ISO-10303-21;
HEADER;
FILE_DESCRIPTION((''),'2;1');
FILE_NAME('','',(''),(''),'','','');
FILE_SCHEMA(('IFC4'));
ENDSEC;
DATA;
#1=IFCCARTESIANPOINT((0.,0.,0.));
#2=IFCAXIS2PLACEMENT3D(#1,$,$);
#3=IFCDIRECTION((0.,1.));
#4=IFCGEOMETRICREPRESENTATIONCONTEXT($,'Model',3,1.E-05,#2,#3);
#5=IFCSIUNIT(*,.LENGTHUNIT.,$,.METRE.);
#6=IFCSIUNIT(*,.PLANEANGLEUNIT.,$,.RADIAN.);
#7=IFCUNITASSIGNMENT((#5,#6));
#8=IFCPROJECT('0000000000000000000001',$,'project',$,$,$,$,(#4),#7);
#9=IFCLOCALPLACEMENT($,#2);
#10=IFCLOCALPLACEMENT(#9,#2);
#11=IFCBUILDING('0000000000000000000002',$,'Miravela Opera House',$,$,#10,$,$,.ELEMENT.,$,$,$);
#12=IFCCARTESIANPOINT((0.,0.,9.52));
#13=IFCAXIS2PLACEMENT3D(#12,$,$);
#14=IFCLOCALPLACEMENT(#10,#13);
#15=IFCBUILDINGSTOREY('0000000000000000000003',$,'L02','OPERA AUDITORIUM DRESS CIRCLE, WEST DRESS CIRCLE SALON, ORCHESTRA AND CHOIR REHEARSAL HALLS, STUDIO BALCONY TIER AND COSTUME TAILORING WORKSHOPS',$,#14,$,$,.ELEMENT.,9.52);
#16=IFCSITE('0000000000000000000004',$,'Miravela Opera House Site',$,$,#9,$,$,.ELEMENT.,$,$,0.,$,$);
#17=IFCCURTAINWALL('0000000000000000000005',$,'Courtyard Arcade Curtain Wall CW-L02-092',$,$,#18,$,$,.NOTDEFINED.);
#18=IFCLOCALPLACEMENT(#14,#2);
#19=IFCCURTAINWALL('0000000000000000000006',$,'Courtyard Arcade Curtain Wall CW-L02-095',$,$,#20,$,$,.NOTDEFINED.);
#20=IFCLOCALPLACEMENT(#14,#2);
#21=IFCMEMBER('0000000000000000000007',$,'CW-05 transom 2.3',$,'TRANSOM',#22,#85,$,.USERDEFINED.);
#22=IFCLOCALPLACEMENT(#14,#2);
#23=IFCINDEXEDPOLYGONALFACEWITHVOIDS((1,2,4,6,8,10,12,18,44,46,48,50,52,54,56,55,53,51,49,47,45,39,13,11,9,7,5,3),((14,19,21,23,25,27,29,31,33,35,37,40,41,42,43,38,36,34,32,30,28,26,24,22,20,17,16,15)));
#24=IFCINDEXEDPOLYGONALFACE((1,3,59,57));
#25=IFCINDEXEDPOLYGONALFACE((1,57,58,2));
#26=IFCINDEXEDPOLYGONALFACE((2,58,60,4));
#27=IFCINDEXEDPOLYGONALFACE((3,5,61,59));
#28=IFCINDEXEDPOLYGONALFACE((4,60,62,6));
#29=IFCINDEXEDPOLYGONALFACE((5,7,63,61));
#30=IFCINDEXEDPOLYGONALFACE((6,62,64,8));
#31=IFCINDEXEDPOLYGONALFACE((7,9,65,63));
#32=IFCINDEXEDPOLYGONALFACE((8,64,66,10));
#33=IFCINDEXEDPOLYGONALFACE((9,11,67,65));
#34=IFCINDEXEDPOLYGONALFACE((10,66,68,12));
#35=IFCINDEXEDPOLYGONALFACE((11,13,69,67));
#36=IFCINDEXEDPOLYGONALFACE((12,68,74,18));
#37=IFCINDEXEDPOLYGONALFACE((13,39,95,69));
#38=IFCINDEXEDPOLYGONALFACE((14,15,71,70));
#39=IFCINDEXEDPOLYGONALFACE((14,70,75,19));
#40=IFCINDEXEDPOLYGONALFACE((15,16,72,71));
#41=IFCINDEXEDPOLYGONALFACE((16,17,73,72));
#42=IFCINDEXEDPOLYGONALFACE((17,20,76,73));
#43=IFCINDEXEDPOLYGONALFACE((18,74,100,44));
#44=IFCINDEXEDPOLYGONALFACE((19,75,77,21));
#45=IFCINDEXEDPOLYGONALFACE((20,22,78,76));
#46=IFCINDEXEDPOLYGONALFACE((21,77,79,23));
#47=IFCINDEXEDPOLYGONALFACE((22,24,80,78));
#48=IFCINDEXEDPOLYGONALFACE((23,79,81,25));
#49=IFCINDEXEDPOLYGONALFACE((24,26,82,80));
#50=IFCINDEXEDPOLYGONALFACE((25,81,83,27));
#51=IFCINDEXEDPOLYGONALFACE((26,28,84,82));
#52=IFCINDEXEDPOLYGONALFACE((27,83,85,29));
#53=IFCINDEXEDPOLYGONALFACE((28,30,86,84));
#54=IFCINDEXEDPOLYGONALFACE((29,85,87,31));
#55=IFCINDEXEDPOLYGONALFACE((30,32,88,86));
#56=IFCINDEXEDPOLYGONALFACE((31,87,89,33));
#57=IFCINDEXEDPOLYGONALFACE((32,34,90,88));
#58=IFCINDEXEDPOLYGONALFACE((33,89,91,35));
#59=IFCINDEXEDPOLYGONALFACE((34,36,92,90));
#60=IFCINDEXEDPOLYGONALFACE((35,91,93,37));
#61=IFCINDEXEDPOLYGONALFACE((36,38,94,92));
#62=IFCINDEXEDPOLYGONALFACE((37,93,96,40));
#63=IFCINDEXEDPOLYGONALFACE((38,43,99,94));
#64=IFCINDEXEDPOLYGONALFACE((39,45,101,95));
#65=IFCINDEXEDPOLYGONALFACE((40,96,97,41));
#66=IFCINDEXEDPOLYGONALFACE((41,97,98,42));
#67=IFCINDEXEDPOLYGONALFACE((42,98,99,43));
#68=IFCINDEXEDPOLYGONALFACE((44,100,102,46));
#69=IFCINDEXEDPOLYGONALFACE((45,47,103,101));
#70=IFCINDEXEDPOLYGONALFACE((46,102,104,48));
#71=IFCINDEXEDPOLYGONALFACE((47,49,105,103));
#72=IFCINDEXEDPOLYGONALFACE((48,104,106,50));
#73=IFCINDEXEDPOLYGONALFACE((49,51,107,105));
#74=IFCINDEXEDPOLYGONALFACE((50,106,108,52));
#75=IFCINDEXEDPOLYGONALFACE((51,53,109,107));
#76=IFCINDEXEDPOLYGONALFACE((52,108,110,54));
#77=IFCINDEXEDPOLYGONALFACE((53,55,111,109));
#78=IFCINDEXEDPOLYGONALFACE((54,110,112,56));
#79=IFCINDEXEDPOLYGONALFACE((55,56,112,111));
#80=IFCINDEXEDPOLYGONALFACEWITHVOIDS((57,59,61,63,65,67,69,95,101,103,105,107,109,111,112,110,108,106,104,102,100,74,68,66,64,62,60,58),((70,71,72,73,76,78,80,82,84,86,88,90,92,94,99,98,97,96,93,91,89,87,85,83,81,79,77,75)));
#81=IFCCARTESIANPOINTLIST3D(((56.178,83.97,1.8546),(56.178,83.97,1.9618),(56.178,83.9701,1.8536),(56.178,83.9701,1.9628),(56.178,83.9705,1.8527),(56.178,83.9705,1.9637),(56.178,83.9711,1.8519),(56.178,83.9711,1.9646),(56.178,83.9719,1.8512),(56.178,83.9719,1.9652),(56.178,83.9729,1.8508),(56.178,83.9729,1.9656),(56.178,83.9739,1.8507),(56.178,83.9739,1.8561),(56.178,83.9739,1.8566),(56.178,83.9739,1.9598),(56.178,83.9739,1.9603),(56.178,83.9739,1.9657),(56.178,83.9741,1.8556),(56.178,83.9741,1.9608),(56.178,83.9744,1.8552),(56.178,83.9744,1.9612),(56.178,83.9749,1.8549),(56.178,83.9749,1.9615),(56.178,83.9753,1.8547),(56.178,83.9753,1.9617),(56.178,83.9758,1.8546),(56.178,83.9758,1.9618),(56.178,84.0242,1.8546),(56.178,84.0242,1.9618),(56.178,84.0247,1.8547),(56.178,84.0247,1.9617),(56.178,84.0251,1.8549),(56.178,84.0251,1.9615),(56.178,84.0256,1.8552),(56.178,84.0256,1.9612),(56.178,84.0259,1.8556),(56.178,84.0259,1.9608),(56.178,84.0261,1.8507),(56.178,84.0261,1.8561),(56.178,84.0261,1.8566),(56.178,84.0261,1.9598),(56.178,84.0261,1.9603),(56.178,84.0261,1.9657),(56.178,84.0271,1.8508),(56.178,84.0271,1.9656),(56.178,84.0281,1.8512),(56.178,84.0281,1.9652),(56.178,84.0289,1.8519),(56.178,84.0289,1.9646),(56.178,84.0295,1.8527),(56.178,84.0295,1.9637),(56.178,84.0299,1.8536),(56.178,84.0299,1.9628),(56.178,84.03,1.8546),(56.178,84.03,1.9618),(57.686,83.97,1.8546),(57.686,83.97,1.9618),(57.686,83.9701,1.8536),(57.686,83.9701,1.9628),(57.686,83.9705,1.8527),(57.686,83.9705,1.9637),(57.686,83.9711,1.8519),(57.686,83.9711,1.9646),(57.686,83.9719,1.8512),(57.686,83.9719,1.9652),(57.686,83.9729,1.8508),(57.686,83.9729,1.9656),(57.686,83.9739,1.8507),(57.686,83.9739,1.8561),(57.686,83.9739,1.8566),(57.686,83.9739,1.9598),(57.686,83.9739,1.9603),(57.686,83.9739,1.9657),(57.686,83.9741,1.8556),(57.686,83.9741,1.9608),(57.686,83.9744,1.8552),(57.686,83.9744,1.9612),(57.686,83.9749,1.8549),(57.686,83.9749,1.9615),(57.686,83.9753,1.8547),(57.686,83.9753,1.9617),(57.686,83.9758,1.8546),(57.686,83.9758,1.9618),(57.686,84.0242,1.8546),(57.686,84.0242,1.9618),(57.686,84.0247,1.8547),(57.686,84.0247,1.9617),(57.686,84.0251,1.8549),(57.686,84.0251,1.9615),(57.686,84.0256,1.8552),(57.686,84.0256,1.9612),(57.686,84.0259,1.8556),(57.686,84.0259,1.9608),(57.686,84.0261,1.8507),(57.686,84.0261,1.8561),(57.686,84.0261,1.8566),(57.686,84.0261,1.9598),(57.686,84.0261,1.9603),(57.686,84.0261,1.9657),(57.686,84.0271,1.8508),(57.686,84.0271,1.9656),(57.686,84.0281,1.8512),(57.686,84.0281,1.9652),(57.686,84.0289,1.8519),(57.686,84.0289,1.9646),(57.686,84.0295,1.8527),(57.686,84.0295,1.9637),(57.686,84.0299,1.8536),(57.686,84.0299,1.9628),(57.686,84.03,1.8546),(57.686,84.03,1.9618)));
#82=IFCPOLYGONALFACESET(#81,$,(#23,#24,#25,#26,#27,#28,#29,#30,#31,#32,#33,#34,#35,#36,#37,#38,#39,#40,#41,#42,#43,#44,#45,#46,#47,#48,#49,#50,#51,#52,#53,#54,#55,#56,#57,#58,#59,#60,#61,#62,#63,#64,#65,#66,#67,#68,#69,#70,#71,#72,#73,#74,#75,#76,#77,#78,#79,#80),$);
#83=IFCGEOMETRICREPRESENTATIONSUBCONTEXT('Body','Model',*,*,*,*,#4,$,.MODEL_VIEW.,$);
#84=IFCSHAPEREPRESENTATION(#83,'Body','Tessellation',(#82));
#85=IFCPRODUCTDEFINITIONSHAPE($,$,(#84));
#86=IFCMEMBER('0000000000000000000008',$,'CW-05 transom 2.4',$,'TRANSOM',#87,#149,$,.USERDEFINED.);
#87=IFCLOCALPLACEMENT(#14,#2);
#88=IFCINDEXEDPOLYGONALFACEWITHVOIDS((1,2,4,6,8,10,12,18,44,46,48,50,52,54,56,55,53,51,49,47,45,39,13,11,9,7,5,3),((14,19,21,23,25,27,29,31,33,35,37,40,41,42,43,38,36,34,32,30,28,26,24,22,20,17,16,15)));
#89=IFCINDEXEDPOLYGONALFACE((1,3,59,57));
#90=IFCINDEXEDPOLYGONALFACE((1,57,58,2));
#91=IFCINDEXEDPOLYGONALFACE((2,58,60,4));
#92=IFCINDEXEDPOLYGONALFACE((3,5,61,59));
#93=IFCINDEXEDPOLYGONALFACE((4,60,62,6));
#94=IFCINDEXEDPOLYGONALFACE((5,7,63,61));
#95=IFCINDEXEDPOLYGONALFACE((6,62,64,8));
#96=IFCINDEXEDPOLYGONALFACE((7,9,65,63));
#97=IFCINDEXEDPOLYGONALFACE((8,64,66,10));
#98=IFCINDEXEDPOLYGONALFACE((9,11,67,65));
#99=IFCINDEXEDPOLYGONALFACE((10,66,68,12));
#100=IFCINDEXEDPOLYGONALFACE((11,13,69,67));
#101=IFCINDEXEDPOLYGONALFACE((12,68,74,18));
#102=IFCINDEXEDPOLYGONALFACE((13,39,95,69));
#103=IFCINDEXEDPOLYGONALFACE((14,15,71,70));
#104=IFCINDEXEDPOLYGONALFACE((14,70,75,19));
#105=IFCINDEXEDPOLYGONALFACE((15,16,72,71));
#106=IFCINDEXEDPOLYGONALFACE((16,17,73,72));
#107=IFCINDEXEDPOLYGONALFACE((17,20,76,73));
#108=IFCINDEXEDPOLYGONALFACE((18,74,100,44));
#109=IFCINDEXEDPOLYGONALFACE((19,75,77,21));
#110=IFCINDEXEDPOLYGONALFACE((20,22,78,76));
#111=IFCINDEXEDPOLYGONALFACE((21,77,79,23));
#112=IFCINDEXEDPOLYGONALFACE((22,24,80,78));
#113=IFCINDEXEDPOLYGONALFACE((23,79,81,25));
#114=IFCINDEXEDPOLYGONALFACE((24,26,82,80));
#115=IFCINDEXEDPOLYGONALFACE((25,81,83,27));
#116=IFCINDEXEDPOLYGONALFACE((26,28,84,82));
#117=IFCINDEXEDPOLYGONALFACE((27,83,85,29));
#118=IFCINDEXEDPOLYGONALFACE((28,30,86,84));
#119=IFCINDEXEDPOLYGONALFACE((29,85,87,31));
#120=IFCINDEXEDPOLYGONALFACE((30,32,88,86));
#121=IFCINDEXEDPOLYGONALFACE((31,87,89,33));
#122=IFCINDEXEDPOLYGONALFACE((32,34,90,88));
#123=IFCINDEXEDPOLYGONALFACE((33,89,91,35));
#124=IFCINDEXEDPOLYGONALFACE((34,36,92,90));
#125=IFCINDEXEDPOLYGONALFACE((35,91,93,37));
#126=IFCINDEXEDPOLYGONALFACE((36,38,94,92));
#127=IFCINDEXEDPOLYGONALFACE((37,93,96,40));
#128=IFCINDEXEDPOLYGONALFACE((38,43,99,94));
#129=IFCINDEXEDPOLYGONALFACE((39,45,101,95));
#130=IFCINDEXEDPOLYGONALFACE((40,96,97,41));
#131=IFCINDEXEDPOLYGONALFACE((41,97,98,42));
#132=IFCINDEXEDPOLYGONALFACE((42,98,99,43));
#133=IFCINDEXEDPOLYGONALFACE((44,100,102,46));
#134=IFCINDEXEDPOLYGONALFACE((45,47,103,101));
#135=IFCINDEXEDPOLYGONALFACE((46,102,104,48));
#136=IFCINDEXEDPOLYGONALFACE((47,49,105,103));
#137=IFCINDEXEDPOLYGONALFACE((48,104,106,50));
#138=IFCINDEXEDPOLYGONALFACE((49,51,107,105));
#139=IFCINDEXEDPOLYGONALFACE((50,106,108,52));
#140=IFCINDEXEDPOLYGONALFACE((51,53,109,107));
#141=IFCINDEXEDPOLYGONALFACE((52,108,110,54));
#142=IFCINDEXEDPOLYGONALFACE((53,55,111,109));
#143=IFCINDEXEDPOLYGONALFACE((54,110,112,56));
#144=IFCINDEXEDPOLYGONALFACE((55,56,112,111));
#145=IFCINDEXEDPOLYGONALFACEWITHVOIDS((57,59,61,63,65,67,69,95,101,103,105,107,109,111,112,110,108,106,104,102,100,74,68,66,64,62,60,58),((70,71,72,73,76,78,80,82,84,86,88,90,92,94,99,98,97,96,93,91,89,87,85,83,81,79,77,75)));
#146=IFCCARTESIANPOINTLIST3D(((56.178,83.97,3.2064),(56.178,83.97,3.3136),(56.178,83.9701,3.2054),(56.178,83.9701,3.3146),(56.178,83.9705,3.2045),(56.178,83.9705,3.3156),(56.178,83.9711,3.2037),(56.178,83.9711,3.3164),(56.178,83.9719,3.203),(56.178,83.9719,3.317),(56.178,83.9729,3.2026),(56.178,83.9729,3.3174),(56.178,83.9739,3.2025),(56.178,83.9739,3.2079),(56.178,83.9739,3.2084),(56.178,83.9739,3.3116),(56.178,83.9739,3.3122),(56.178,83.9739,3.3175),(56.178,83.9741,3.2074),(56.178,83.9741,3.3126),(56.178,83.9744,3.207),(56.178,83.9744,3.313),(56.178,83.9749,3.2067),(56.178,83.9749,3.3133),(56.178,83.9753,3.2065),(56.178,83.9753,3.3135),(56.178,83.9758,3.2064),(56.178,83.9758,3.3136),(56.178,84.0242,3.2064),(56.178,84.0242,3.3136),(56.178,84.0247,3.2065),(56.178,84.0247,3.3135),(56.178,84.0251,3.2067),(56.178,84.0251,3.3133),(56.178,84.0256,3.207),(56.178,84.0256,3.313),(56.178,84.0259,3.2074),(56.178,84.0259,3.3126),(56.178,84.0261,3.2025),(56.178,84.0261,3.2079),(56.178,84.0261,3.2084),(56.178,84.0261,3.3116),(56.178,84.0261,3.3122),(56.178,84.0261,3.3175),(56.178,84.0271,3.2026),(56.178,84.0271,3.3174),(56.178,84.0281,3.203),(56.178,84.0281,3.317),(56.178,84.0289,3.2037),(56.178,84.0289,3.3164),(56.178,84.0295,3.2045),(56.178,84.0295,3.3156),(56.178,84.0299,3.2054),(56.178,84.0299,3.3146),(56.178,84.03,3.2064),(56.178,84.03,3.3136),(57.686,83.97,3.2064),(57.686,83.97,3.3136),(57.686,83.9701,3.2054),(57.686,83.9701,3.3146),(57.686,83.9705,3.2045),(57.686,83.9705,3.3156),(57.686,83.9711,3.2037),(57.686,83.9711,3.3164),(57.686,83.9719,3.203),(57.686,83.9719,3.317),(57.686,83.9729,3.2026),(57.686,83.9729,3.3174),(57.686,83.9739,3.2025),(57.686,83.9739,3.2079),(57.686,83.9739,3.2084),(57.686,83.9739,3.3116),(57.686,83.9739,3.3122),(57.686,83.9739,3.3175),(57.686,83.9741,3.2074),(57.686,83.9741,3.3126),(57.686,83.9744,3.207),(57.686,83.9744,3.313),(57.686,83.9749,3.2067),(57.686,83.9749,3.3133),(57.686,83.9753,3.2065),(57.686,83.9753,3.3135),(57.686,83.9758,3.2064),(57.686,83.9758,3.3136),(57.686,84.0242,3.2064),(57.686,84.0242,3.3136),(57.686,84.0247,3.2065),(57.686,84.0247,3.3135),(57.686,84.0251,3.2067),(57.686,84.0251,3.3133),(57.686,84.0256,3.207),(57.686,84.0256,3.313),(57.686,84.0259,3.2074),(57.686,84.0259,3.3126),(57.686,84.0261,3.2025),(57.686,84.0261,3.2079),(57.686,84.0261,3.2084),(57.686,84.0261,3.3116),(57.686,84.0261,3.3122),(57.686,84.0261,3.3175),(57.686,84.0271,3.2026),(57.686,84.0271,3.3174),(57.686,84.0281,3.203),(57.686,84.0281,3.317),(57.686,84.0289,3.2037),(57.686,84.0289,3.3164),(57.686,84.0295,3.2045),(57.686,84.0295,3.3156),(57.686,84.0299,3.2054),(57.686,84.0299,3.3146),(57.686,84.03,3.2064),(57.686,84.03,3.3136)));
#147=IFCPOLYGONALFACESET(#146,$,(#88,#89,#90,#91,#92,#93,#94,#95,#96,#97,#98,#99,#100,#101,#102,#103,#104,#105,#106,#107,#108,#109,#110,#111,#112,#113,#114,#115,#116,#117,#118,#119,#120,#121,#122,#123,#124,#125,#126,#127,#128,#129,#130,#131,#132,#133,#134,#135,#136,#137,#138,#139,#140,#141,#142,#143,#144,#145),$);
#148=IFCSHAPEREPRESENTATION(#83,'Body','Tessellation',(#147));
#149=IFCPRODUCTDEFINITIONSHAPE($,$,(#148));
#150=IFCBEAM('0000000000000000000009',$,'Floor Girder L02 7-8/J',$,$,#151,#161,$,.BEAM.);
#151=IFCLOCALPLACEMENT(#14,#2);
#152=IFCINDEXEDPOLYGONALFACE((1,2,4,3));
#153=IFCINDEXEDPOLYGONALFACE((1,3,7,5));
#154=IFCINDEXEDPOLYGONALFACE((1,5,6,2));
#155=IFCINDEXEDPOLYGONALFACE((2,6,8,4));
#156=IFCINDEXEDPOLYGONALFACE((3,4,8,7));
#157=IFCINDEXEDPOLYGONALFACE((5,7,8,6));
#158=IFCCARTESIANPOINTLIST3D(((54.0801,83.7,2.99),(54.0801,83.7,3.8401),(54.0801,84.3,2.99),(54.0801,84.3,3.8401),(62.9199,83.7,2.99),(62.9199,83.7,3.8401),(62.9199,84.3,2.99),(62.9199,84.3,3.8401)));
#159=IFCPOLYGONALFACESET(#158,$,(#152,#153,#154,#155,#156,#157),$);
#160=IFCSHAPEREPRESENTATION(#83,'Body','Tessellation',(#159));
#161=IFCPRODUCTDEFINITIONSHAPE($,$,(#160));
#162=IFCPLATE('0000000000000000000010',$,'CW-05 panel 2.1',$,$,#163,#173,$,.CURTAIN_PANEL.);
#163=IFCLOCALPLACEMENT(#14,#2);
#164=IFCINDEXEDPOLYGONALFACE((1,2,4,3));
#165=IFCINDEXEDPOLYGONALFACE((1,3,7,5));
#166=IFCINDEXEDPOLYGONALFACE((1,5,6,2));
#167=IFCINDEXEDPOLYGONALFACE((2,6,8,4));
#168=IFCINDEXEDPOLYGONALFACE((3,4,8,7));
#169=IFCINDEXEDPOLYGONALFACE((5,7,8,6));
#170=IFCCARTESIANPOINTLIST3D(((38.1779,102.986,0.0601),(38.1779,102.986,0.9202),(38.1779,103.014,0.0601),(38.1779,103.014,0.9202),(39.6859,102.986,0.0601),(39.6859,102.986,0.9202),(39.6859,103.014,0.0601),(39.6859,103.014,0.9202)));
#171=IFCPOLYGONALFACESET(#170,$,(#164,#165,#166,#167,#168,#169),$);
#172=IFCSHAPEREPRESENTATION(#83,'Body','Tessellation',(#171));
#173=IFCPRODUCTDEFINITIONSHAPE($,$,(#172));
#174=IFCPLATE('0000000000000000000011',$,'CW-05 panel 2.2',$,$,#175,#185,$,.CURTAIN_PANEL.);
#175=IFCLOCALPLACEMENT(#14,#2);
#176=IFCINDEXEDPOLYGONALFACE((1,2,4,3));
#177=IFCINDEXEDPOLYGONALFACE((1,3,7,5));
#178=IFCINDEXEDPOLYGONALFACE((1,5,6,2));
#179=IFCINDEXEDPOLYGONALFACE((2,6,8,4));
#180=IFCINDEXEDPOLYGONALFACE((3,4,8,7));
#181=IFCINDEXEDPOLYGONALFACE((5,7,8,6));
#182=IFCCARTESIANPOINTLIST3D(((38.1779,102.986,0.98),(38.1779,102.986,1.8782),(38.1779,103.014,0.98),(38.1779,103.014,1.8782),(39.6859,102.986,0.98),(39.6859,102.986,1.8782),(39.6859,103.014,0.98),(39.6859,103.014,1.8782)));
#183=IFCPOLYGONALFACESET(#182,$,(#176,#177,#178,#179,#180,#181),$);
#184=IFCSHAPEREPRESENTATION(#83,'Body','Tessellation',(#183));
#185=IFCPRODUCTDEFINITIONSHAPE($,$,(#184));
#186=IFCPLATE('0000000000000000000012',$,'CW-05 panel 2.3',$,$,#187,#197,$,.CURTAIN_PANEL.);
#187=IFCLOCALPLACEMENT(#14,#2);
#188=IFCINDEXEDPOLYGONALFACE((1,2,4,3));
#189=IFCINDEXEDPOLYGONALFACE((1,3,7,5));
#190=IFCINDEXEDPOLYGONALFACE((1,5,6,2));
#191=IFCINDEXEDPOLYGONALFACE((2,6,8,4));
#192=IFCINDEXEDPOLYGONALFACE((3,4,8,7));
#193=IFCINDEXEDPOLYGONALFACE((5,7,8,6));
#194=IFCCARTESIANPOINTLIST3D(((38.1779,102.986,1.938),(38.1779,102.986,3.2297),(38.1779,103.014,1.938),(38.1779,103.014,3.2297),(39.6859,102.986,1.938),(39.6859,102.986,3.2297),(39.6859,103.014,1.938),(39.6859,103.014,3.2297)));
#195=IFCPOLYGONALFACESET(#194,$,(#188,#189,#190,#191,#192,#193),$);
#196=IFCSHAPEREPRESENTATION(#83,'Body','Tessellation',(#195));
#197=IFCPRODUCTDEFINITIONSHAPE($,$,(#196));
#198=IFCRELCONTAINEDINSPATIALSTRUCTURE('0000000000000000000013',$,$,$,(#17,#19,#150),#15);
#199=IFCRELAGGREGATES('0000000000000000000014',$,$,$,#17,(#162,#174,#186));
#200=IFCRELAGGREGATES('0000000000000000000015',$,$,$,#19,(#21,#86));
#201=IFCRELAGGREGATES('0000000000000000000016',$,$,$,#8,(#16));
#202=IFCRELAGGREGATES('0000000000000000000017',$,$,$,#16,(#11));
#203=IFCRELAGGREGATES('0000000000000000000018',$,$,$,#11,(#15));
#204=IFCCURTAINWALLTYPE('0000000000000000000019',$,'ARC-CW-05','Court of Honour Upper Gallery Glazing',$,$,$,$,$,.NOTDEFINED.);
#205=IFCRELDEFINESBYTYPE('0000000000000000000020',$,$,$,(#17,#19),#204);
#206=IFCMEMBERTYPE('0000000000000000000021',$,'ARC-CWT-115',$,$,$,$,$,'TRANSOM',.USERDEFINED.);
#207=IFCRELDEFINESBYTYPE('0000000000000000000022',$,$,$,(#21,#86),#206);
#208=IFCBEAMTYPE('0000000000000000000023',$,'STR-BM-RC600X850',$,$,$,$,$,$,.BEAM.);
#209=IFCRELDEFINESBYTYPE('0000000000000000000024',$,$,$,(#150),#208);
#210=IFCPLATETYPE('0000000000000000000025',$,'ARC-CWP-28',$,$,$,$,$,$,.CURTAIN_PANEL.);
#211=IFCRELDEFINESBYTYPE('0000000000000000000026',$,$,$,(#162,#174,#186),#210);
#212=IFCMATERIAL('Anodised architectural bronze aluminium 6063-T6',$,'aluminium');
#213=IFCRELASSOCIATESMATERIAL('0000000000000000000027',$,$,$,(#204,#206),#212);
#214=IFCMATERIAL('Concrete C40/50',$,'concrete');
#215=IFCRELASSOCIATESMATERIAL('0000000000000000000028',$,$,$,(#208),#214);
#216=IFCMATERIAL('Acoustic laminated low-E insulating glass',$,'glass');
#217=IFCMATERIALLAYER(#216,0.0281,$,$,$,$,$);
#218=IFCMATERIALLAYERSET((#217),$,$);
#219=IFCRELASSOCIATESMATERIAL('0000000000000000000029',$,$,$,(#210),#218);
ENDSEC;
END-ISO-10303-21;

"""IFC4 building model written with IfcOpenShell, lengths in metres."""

from ifc_helpers import new_model, si_unit, direction, frame, origin, origin_2d, place, context, subcontext, project, spatial, rectangle, hollow_rectangle, extrude, material, layer, layer_set, material_profile, profile_set, type_object, element, aggregate, save


model = new_model("IFC4")

# Units and contexts
model_context = context("Model", 3, precision=1e-05, world=origin(), true_north=direction((0.0, 1.0)))
body_context = subcontext(model_context, "Body", "Model", "MODEL_VIEW")
ifc_project = project(units=[si_unit("LENGTHUNIT", "METRE"), si_unit("PLANEANGLEUNIT", "RADIAN")], contexts=[model_context])

# Site, building, storey
site_placement = place(None, origin())
site = spatial("IfcSite", under=ifc_project, at=site_placement, Name="Miravela Opera House Site", CompositionType="ELEMENT", RefElevation=0.0)
building_placement = place(site_placement, origin())
building = spatial("IfcBuilding", under=site, at=building_placement, Name="Miravela Opera House", CompositionType="ELEMENT")
storey_placement = place(building_placement, frame((0.0, 0.0, 9.52)))
storey = spatial("IfcBuildingStorey", under=building, at=storey_placement, Name="L02", Description="OPERA AUDITORIUM DRESS CIRCLE, WEST DRESS CIRCLE SALON, ORCHESTRA AND CHOIR REHEARSAL HALLS, STUDIO BALCONY TIER AND COSTUME TAILORING WORKSHOPS", CompositionType="ELEMENT", Elevation=9.52)

# Curtain wall
ifc_material_1 = material(Name="Anodised architectural bronze aluminium 6063-T6", Category="aluminium")
curtain_wall_type = type_object("IfcCurtainWallType", Name="ARC-CW-05", Description="Court of Honour Upper Gallery Glazing", PredefinedType="NOTDEFINED", material=ifc_material_1)
curtain_wall_1_placement = place(storey_placement, origin())
curtain_wall_1 = element("IfcCurtainWall", 1, at=curtain_wall_1_placement, inside=storey, type_object=curtain_wall_type, Name="Courtyard Arcade Curtain Wall CW-L02-092", PredefinedType="NOTDEFINED")

# Curtain wall
curtain_wall_2_placement = place(storey_placement, origin())
curtain_wall_2 = element("IfcCurtainWall", 2, at=curtain_wall_2_placement, inside=storey, type_object=curtain_wall_type, Name="Courtyard Arcade Curtain Wall CW-L02-095", PredefinedType="NOTDEFINED")

# Members
ifc_material_profile_1 = material_profile(ifc_material_1, hollow_rectangle(XDim=0.0601, YDim=0.115, WallThickness=0.0039, InnerFilletRadius=0.002, OuterFilletRadius=0.0039, at=origin_2d()), Name="CWT-60X115")
ifc_profile_set_1 = profile_set([ifc_material_profile_1])
member_type_1 = type_object("IfcMemberType", Name="ARC-CWT-115", ElementType="TRANSOM", PredefinedType="USERDEFINED", material=ifc_profile_set_1)
member_1_placement = place(storey_placement, frame((56.178, 84.0, 1.9082), z_axis=(1.0, 0.0, 0.0), x_axis=(0.0, 1.0, 0.0)))
member_1 = element("IfcMember", 3, at=member_1_placement, type_object=member_type_1, Name="CW-05 transom 2.3", ObjectType="TRANSOM", PredefinedType="USERDEFINED", context=body_context, shape_type="SweptSolid", body=[
    extrude(hollow_rectangle(XDim=0.0601, YDim=0.115, WallThickness=0.0039, InnerFilletRadius=0.002, OuterFilletRadius=0.0039, at=origin_2d()), origin(), (0.0, 0.0, 1.0), 1.5081),
])
member_2_placement = place(storey_placement, frame((56.178, 84.0, 3.26), z_axis=(1.0, 0.0, 0.0), x_axis=(0.0, 1.0, 0.0)))
member_2 = element("IfcMember", 4, at=member_2_placement, type_object=member_type_1, Name="CW-05 transom 2.4", ObjectType="TRANSOM", PredefinedType="USERDEFINED", context=body_context, shape_type="SweptSolid", body=[
    extrude(hollow_rectangle(XDim=0.0601, YDim=0.115, WallThickness=0.0039, InnerFilletRadius=0.002, OuterFilletRadius=0.0039, at=origin_2d()), origin(), (0.0, 0.0, 1.0), 1.5081),
])

# Beam
ifc_material_2 = material(Name="Concrete C40/50", Category="concrete")
ifc_material_profile_2 = material_profile(ifc_material_2, rectangle(XDim=0.6001, YDim=0.8501, at=origin_2d()), Name="RC-BM-600X850")
ifc_profile_set_2 = profile_set([ifc_material_profile_2])
beam_type = type_object("IfcBeamType", Name="STR-BM-RC600X850", PredefinedType="BEAM", material=ifc_profile_set_2)
beam_placement = place(storey_placement, frame((54.0801, 84.0, 3.415), z_axis=(1.0, 0.0, 0.0), x_axis=(0.0, 1.0, 0.0)))
element("IfcBeam", 5, at=beam_placement, inside=storey, type_object=beam_type, Name="Floor Girder L02 7-8/J", PredefinedType="BEAM", context=body_context, shape_type="SweptSolid", body=[
    extrude(rectangle(XDim=0.6001, YDim=0.8501, at=origin_2d()), origin(), (0.0, 0.0, 1.0), 8.8398),
])

# Plates
ifc_material_3 = material(Name="Acoustic laminated low-E insulating glass", Category="glass")
ifc_layer = layer(ifc_material_3, 0.0281)
ifc_layer_set = layer_set([ifc_layer])
plate_type = type_object("IfcPlateType", Name="ARC-CWP-28", PredefinedType="CURTAIN_PANEL", material=ifc_layer_set)
plate_1_placement = place(storey_placement, frame((38.9319, 103.0, 0.0601), z_axis=(0.0, 0.0, 1.0), x_axis=(1.0, 0.0, 0.0)))
plate_1 = element("IfcPlate", 6, at=plate_1_placement, type_object=plate_type, Name="CW-05 panel 2.1", PredefinedType="CURTAIN_PANEL", context=body_context, shape_type="SweptSolid", body=[
    extrude(rectangle(XDim=1.5081, YDim=0.0281, at=origin_2d()), origin(), (0.0, 0.0, 1.0), 0.8601),
])
plate_2_placement = place(storey_placement, frame((38.9319, 103.0, 0.98), z_axis=(0.0, 0.0, 1.0), x_axis=(1.0, 0.0, 0.0)))
plate_2 = element("IfcPlate", 7, at=plate_2_placement, type_object=plate_type, Name="CW-05 panel 2.2", PredefinedType="CURTAIN_PANEL", context=body_context, shape_type="SweptSolid", body=[
    extrude(rectangle(XDim=1.5081, YDim=0.0281, at=origin_2d()), origin(), (0.0, 0.0, 1.0), 0.8982),
])
plate_3_placement = place(storey_placement, frame((38.9319, 103.0, 1.938), z_axis=(0.0, 0.0, 1.0), x_axis=(1.0, 0.0, 0.0)))
plate_3 = element("IfcPlate", 8, at=plate_3_placement, type_object=plate_type, Name="CW-05 panel 2.3", PredefinedType="CURTAIN_PANEL", context=body_context, shape_type="SweptSolid", body=[
    extrude(rectangle(XDim=1.5081, YDim=0.0281, at=origin_2d()), origin(), (0.0, 0.0, 1.0), 1.2917),
])
aggregate(curtain_wall_1, [plate_1, plate_2, plate_3])
aggregate(curtain_wall_2, [member_1, member_2])

save(model, "model.ifc")
